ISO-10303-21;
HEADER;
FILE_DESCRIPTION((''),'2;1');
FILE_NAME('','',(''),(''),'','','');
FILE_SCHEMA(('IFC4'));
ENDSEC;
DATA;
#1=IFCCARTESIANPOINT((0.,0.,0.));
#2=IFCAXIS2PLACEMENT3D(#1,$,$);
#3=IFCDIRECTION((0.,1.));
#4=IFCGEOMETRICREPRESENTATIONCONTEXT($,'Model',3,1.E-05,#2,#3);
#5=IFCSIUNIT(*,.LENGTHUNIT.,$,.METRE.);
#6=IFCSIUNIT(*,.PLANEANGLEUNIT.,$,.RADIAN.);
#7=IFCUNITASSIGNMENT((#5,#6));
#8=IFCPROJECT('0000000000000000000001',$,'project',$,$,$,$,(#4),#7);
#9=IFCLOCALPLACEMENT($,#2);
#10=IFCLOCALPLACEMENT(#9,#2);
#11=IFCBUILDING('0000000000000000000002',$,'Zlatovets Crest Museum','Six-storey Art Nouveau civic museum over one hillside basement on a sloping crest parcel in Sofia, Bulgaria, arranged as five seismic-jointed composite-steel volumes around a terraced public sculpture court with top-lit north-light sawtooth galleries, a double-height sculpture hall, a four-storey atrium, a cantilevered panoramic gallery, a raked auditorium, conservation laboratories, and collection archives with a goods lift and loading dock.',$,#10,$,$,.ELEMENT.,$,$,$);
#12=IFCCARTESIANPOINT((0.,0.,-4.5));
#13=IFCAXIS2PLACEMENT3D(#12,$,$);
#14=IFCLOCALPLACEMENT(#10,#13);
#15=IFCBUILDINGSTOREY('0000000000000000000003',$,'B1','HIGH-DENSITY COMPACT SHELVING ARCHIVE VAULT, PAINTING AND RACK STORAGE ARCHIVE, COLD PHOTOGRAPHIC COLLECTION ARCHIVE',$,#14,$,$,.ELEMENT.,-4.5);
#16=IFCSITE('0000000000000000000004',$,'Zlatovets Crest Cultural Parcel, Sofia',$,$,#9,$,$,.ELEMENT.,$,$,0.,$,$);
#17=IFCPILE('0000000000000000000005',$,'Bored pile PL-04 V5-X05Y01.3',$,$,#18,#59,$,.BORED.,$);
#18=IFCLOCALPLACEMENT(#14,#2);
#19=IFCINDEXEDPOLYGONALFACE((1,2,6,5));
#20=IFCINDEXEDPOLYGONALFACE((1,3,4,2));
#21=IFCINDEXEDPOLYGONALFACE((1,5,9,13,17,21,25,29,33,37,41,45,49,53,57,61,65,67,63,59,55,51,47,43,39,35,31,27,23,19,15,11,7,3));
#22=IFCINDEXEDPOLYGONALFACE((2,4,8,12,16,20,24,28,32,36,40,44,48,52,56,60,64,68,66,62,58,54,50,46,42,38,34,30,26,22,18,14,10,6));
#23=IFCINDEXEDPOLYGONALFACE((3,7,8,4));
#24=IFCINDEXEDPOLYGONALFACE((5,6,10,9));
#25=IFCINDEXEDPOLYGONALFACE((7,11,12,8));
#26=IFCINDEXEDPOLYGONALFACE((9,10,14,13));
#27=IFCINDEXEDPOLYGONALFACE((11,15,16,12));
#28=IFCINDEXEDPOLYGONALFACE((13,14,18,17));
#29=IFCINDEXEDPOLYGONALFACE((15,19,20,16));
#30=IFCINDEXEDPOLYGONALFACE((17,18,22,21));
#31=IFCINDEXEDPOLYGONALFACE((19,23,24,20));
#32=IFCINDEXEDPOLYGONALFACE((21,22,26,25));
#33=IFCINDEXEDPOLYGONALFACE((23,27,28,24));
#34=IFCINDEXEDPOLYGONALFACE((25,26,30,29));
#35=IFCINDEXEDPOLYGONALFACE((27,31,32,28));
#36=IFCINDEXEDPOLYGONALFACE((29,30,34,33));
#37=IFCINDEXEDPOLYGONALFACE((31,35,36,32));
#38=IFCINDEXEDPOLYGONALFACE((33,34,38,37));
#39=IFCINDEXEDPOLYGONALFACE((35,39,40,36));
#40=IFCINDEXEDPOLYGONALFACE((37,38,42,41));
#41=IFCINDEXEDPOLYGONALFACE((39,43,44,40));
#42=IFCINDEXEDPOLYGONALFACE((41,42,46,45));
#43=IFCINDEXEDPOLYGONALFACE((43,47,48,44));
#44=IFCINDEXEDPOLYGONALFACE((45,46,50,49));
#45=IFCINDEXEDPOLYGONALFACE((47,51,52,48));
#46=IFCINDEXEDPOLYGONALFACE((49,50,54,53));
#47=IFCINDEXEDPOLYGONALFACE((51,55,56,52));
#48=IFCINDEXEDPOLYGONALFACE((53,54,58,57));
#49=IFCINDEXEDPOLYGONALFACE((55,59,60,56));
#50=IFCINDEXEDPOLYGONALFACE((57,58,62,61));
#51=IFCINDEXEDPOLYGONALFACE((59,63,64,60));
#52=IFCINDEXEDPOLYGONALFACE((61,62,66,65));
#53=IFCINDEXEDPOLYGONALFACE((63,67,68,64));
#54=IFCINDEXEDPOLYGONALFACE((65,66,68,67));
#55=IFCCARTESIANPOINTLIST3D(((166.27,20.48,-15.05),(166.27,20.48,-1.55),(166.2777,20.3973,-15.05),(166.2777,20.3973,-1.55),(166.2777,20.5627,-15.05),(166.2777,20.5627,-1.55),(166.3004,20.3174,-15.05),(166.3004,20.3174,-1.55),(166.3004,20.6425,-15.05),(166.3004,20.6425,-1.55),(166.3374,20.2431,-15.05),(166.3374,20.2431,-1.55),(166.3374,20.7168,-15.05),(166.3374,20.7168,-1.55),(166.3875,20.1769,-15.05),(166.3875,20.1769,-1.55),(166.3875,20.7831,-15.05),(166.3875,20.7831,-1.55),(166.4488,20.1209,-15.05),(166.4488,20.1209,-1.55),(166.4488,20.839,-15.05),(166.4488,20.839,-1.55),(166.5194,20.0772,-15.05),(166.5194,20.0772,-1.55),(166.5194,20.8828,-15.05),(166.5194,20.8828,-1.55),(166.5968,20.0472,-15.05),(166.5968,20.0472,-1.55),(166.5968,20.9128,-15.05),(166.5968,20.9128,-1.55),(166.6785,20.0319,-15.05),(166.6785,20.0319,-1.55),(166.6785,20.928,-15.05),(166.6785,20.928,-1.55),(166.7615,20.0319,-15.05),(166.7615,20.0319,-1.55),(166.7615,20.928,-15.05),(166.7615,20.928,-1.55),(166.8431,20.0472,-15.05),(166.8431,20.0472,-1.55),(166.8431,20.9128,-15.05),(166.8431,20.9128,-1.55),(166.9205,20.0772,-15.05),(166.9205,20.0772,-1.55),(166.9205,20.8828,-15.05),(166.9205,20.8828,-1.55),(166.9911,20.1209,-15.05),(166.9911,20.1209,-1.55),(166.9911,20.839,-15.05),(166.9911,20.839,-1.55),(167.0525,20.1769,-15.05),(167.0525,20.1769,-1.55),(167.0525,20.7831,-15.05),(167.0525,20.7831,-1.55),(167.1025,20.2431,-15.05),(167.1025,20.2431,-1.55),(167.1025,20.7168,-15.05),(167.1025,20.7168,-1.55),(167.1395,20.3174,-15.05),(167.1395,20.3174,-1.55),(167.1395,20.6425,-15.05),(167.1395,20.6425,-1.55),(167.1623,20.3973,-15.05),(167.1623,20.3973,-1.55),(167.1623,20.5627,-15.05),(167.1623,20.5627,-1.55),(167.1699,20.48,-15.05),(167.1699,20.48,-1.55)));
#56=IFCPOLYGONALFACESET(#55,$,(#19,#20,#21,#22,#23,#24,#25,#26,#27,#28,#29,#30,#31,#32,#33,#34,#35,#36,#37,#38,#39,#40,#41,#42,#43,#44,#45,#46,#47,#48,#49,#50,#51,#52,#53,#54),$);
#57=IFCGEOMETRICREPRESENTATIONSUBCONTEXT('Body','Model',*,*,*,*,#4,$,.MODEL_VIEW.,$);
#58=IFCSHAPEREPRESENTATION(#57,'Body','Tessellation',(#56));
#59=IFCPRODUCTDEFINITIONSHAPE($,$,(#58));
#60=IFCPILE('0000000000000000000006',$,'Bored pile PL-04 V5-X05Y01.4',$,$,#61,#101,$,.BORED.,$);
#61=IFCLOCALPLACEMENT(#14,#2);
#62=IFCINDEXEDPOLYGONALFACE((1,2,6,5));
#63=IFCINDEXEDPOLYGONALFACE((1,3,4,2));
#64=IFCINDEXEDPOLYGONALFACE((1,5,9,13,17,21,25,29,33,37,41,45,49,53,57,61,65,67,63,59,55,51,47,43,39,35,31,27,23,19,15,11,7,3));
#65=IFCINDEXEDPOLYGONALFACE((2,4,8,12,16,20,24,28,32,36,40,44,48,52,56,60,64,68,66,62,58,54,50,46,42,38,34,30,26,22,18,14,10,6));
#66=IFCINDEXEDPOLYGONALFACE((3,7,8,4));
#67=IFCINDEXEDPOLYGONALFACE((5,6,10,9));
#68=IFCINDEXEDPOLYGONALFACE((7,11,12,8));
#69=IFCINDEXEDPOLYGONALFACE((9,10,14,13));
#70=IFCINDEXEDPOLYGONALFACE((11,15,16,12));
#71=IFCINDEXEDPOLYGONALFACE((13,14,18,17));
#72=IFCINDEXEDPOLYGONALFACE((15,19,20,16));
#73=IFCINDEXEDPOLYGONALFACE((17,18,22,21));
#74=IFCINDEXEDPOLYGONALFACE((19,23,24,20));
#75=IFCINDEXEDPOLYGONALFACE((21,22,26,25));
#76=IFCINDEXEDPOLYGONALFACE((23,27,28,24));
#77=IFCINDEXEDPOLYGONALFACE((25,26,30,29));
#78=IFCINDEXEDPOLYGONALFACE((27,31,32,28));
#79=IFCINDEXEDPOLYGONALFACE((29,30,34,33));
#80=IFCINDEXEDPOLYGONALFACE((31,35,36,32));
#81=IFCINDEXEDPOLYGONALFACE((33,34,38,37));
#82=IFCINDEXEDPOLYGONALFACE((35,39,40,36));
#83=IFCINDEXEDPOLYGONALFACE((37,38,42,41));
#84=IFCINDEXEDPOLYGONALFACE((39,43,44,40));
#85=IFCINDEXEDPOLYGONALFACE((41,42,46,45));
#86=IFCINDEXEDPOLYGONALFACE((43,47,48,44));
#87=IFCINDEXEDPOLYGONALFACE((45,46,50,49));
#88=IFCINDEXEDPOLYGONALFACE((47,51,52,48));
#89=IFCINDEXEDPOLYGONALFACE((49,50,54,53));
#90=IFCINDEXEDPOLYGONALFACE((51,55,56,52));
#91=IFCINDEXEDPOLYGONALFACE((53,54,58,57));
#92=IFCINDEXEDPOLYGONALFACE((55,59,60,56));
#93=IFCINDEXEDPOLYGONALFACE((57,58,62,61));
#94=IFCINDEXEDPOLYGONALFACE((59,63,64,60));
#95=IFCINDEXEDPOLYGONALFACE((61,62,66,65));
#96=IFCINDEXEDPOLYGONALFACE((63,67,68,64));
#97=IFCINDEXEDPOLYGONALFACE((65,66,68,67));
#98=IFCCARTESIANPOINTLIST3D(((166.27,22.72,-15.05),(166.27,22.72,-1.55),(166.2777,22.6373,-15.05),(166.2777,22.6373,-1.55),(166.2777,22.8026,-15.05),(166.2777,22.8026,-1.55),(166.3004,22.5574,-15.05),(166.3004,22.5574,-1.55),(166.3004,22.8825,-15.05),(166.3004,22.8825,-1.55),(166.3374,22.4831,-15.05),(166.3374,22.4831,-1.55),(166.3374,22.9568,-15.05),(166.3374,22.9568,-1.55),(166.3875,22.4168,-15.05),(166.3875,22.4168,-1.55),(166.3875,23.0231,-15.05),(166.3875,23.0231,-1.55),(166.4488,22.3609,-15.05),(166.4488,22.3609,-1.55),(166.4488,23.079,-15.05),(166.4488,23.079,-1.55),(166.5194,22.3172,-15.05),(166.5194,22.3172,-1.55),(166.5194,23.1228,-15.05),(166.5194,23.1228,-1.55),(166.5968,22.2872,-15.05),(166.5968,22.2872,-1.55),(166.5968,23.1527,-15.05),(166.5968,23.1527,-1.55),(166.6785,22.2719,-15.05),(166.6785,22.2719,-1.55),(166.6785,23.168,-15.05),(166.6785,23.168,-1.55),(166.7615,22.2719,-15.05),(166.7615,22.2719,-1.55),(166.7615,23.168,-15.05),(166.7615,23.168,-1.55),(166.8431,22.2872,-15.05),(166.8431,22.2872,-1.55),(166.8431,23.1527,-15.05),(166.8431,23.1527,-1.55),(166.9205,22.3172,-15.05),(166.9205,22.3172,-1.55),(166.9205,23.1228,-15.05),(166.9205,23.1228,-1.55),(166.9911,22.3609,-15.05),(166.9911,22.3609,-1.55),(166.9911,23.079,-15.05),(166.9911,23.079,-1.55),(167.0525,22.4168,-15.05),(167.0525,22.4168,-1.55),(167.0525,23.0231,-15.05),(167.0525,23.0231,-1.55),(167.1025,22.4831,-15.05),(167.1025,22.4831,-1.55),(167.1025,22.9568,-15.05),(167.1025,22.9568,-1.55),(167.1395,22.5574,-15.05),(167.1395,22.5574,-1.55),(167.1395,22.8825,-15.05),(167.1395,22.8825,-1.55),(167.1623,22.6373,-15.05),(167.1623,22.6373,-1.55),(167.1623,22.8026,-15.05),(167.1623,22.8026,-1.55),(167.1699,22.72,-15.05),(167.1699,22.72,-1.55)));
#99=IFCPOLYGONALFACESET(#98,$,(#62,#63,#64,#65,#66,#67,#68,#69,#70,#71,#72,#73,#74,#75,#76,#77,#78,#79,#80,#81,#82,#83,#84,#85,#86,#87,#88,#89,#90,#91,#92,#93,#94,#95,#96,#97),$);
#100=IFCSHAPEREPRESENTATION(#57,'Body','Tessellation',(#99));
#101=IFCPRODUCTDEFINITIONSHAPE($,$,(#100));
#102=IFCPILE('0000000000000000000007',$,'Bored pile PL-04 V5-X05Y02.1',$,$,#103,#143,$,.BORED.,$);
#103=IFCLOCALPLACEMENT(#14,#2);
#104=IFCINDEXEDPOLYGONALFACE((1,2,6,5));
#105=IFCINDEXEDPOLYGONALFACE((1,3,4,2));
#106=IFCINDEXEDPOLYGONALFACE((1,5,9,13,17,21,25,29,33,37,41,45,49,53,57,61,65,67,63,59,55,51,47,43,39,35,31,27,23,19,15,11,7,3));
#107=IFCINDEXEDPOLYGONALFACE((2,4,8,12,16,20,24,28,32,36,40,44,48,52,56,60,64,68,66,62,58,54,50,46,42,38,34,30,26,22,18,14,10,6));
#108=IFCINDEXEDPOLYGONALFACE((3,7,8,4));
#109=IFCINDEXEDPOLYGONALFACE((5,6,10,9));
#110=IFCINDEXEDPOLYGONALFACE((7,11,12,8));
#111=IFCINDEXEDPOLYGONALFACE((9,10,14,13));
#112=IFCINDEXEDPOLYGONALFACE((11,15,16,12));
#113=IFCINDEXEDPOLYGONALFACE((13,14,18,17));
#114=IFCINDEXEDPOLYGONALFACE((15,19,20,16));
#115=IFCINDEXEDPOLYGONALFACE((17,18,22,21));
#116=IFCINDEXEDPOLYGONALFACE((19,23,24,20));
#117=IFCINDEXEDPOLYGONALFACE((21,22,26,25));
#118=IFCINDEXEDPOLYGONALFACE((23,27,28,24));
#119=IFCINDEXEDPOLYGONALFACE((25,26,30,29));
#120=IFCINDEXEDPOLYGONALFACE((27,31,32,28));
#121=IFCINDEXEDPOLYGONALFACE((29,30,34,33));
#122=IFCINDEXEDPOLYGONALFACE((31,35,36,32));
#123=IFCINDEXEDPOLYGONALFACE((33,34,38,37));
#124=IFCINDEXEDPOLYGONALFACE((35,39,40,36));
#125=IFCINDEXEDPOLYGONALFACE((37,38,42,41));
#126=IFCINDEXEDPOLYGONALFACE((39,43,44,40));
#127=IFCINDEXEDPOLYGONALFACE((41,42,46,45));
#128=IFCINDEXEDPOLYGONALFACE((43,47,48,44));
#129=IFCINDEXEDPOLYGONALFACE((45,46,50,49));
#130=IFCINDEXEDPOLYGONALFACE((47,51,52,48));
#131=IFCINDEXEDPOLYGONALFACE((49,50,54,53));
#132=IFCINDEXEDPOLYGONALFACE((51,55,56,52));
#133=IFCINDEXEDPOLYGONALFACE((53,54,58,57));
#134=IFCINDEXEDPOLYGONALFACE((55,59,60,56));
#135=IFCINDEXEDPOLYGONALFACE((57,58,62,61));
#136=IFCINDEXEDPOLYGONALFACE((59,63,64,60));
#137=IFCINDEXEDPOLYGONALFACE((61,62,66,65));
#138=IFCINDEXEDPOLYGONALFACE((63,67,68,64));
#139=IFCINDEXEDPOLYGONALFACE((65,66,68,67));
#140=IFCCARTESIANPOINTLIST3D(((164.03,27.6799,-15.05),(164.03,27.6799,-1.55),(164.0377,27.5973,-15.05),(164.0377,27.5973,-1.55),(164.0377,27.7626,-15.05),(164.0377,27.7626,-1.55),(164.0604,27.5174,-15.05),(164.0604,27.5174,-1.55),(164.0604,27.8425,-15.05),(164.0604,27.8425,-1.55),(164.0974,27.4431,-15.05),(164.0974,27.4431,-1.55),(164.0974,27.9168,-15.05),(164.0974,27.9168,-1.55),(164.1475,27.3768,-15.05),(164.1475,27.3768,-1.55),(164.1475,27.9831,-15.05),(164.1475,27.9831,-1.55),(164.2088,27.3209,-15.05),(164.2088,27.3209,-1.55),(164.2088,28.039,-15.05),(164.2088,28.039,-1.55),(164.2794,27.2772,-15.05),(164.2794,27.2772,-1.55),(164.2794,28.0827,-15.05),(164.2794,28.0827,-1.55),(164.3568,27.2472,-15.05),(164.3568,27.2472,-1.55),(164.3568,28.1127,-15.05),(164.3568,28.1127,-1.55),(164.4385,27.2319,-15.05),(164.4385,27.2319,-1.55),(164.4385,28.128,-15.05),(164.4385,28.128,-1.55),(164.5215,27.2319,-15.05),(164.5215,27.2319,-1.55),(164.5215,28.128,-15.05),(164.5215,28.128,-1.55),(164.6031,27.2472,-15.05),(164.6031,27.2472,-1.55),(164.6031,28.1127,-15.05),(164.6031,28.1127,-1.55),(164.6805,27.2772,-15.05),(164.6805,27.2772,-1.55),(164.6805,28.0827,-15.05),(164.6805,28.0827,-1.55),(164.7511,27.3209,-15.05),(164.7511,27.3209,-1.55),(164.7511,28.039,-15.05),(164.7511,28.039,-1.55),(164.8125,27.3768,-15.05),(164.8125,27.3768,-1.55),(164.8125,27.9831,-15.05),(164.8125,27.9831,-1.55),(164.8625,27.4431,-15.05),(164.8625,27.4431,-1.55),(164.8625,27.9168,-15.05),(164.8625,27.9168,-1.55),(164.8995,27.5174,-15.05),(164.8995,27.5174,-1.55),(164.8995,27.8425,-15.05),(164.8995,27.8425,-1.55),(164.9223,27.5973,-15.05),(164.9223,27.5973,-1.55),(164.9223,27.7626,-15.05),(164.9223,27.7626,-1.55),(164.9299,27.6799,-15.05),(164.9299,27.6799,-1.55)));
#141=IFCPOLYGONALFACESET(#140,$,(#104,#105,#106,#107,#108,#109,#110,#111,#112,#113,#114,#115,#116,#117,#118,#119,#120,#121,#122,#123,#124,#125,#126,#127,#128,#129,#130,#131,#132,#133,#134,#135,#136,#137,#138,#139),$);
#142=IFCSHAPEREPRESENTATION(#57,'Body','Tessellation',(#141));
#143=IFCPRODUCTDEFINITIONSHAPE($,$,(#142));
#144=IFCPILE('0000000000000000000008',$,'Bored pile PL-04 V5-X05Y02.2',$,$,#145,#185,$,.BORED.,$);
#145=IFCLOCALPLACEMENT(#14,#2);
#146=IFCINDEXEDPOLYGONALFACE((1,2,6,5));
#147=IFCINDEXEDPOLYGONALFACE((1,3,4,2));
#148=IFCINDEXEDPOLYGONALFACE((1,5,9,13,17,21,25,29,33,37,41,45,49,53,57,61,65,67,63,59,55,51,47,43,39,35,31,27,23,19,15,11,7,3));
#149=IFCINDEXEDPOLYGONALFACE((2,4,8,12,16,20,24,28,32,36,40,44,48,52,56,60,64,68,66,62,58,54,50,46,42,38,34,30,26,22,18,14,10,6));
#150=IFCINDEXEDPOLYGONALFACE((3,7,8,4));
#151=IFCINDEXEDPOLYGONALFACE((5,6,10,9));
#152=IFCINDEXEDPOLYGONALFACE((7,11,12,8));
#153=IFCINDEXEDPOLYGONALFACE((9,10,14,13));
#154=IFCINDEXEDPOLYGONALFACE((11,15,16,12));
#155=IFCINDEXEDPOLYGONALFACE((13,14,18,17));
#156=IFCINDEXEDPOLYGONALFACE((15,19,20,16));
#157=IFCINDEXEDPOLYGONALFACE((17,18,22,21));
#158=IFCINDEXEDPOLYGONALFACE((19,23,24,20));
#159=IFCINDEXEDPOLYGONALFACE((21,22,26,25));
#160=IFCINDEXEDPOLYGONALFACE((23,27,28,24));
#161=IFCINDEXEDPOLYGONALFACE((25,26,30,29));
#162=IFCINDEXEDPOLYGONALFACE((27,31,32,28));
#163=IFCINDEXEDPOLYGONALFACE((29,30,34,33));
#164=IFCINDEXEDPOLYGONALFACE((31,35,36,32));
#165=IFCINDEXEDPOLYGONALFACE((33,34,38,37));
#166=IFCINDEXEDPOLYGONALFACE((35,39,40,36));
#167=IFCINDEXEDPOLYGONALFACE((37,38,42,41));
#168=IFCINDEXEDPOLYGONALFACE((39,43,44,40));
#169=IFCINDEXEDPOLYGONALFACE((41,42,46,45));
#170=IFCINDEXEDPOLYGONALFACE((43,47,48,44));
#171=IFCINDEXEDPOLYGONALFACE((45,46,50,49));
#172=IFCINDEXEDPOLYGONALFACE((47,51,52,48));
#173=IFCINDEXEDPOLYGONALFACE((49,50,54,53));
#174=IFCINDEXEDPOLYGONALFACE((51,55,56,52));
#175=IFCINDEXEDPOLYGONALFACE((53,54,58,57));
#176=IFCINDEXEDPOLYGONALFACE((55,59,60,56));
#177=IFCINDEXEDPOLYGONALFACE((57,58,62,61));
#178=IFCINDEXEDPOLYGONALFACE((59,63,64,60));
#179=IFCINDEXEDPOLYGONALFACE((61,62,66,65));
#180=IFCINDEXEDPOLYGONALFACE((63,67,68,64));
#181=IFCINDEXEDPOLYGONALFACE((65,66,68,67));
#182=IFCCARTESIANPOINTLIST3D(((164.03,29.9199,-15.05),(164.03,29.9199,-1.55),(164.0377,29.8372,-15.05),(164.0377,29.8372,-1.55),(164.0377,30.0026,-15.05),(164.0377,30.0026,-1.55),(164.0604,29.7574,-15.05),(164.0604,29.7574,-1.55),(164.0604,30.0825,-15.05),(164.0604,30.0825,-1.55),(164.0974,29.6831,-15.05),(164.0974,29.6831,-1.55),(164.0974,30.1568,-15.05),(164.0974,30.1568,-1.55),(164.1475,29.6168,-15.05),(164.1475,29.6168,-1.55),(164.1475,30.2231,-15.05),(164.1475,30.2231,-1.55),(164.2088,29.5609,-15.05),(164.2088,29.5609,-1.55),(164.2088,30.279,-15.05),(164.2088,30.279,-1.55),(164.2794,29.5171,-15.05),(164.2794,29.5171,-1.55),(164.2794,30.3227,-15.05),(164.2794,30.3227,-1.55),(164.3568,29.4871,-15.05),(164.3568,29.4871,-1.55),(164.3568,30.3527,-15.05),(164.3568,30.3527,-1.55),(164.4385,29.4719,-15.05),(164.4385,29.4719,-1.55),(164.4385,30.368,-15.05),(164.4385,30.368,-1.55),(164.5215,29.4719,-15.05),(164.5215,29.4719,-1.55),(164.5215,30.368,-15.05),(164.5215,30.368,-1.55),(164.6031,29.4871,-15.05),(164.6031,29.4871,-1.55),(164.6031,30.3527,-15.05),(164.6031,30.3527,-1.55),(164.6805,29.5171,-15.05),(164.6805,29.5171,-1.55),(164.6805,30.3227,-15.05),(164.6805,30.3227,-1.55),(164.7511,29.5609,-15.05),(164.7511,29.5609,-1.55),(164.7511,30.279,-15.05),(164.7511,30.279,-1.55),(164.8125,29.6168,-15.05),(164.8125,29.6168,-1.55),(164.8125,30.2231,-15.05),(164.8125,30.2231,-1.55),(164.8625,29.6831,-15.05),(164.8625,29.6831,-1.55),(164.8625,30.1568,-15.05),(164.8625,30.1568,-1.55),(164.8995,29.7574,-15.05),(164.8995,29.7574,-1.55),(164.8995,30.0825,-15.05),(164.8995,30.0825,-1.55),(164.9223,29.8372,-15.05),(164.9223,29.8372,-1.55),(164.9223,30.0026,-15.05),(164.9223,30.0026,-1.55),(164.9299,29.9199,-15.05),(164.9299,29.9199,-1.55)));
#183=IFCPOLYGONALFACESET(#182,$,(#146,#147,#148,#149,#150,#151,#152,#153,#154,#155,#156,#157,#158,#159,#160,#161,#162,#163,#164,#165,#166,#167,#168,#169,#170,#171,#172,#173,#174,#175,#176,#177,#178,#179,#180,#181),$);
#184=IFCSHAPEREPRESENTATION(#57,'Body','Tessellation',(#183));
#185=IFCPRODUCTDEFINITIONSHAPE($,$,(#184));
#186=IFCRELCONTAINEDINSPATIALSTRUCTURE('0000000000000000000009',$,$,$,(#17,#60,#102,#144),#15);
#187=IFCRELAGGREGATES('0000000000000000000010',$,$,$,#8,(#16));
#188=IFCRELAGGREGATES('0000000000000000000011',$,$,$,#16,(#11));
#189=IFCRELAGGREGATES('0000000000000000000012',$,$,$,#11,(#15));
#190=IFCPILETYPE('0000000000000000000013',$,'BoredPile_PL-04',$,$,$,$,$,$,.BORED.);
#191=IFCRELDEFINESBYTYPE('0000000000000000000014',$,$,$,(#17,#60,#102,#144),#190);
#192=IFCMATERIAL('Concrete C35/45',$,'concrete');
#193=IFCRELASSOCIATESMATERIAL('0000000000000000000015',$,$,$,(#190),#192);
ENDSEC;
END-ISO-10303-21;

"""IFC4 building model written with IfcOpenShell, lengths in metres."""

from ifc_helpers import new_model, si_unit, direction, frame, origin, origin_2d, place, context, subcontext, project, spatial, circle, extrude, material, material_profile, profile_set, type_object, element, save


model = new_model("IFC4")

# Units and contexts
model_context = context("Model", 3, precision=1e-05, world=origin(), true_north=direction((0.0, 1.0)))
body_context = subcontext(model_context, "Body", "Model", "MODEL_VIEW")
ifc_project = project(units=[si_unit("LENGTHUNIT", "METRE"), si_unit("PLANEANGLEUNIT", "RADIAN")], contexts=[model_context])

# Site, building, storey
site_placement = place(None, origin())
site = spatial("IfcSite", under=ifc_project, at=site_placement, Name="Zlatovets Crest Cultural Parcel, Sofia", CompositionType="ELEMENT", RefElevation=0.0)
building_placement = place(site_placement, origin())
building = spatial("IfcBuilding", under=site, at=building_placement, Name="Zlatovets Crest Museum", Description="Six-storey Art Nouveau civic museum over one hillside basement on a sloping crest parcel in Sofia, Bulgaria, arranged as five seismic-jointed composite-steel volumes around a terraced public sculpture court with top-lit north-light sawtooth galleries, a double-height sculpture hall, a four-storey atrium, a cantilevered panoramic gallery, a raked auditorium, conservation laboratories, and collection archives with a goods lift and loading dock.", CompositionType="ELEMENT")
storey_placement = place(building_placement, frame((0.0, 0.0, -4.5)))
storey = spatial("IfcBuildingStorey", under=building, at=storey_placement, Name="B1", Description="HIGH-DENSITY COMPACT SHELVING ARCHIVE VAULT, PAINTING AND RACK STORAGE ARCHIVE, COLD PHOTOGRAPHIC COLLECTION ARCHIVE", CompositionType="ELEMENT", Elevation=-4.5)

# Piles
ifc_material = material(Name="Concrete C35/45", Category="concrete")
ifc_material_profile_1 = material_profile(ifc_material, circle(Radius=0.45, at=origin_2d()), Name="PILE D900")
ifc_profile_set_1 = profile_set([ifc_material_profile_1], Name="Concrete C35/45")
pile_type = type_object("IfcPileType", Name="BoredPile_PL-04", PredefinedType="BORED", material=ifc_profile_set_1)
for number, where, z_axis, x_axis, name in (
    (1, (166.72, 20.48, -1.55), (0.0, 0.0, -1.0), (1.0, 0.0, 0.0), "Bored pile PL-04 V5-X05Y01.3"),
    (2, (166.72, 22.72, -1.55), (0.0, 0.0, -1.0), (1.0, 0.0, 0.0), "Bored pile PL-04 V5-X05Y01.4"),
    (3, (164.48, 27.6799, -1.55), (0.0, 0.0, -1.0), (1.0, 0.0, 0.0), "Bored pile PL-04 V5-X05Y02.1"),
    (4, (164.48, 29.9199, -1.55), (0.0, 0.0, -1.0), (1.0, 0.0, 0.0), "Bored pile PL-04 V5-X05Y02.2"),
):
    element("IfcPile", number, at=place(storey_placement, frame(where, z_axis=z_axis, x_axis=x_axis)), inside=storey, type_object=pile_type, Name=name, PredefinedType="BORED", context=body_context, shape_type="SweptSolid", body=[
        extrude(circle(Radius=0.45, at=origin_2d()), origin(), (0.0, 0.0, 1.0), 13.5),
    ])

save(model, "model.ifc")
